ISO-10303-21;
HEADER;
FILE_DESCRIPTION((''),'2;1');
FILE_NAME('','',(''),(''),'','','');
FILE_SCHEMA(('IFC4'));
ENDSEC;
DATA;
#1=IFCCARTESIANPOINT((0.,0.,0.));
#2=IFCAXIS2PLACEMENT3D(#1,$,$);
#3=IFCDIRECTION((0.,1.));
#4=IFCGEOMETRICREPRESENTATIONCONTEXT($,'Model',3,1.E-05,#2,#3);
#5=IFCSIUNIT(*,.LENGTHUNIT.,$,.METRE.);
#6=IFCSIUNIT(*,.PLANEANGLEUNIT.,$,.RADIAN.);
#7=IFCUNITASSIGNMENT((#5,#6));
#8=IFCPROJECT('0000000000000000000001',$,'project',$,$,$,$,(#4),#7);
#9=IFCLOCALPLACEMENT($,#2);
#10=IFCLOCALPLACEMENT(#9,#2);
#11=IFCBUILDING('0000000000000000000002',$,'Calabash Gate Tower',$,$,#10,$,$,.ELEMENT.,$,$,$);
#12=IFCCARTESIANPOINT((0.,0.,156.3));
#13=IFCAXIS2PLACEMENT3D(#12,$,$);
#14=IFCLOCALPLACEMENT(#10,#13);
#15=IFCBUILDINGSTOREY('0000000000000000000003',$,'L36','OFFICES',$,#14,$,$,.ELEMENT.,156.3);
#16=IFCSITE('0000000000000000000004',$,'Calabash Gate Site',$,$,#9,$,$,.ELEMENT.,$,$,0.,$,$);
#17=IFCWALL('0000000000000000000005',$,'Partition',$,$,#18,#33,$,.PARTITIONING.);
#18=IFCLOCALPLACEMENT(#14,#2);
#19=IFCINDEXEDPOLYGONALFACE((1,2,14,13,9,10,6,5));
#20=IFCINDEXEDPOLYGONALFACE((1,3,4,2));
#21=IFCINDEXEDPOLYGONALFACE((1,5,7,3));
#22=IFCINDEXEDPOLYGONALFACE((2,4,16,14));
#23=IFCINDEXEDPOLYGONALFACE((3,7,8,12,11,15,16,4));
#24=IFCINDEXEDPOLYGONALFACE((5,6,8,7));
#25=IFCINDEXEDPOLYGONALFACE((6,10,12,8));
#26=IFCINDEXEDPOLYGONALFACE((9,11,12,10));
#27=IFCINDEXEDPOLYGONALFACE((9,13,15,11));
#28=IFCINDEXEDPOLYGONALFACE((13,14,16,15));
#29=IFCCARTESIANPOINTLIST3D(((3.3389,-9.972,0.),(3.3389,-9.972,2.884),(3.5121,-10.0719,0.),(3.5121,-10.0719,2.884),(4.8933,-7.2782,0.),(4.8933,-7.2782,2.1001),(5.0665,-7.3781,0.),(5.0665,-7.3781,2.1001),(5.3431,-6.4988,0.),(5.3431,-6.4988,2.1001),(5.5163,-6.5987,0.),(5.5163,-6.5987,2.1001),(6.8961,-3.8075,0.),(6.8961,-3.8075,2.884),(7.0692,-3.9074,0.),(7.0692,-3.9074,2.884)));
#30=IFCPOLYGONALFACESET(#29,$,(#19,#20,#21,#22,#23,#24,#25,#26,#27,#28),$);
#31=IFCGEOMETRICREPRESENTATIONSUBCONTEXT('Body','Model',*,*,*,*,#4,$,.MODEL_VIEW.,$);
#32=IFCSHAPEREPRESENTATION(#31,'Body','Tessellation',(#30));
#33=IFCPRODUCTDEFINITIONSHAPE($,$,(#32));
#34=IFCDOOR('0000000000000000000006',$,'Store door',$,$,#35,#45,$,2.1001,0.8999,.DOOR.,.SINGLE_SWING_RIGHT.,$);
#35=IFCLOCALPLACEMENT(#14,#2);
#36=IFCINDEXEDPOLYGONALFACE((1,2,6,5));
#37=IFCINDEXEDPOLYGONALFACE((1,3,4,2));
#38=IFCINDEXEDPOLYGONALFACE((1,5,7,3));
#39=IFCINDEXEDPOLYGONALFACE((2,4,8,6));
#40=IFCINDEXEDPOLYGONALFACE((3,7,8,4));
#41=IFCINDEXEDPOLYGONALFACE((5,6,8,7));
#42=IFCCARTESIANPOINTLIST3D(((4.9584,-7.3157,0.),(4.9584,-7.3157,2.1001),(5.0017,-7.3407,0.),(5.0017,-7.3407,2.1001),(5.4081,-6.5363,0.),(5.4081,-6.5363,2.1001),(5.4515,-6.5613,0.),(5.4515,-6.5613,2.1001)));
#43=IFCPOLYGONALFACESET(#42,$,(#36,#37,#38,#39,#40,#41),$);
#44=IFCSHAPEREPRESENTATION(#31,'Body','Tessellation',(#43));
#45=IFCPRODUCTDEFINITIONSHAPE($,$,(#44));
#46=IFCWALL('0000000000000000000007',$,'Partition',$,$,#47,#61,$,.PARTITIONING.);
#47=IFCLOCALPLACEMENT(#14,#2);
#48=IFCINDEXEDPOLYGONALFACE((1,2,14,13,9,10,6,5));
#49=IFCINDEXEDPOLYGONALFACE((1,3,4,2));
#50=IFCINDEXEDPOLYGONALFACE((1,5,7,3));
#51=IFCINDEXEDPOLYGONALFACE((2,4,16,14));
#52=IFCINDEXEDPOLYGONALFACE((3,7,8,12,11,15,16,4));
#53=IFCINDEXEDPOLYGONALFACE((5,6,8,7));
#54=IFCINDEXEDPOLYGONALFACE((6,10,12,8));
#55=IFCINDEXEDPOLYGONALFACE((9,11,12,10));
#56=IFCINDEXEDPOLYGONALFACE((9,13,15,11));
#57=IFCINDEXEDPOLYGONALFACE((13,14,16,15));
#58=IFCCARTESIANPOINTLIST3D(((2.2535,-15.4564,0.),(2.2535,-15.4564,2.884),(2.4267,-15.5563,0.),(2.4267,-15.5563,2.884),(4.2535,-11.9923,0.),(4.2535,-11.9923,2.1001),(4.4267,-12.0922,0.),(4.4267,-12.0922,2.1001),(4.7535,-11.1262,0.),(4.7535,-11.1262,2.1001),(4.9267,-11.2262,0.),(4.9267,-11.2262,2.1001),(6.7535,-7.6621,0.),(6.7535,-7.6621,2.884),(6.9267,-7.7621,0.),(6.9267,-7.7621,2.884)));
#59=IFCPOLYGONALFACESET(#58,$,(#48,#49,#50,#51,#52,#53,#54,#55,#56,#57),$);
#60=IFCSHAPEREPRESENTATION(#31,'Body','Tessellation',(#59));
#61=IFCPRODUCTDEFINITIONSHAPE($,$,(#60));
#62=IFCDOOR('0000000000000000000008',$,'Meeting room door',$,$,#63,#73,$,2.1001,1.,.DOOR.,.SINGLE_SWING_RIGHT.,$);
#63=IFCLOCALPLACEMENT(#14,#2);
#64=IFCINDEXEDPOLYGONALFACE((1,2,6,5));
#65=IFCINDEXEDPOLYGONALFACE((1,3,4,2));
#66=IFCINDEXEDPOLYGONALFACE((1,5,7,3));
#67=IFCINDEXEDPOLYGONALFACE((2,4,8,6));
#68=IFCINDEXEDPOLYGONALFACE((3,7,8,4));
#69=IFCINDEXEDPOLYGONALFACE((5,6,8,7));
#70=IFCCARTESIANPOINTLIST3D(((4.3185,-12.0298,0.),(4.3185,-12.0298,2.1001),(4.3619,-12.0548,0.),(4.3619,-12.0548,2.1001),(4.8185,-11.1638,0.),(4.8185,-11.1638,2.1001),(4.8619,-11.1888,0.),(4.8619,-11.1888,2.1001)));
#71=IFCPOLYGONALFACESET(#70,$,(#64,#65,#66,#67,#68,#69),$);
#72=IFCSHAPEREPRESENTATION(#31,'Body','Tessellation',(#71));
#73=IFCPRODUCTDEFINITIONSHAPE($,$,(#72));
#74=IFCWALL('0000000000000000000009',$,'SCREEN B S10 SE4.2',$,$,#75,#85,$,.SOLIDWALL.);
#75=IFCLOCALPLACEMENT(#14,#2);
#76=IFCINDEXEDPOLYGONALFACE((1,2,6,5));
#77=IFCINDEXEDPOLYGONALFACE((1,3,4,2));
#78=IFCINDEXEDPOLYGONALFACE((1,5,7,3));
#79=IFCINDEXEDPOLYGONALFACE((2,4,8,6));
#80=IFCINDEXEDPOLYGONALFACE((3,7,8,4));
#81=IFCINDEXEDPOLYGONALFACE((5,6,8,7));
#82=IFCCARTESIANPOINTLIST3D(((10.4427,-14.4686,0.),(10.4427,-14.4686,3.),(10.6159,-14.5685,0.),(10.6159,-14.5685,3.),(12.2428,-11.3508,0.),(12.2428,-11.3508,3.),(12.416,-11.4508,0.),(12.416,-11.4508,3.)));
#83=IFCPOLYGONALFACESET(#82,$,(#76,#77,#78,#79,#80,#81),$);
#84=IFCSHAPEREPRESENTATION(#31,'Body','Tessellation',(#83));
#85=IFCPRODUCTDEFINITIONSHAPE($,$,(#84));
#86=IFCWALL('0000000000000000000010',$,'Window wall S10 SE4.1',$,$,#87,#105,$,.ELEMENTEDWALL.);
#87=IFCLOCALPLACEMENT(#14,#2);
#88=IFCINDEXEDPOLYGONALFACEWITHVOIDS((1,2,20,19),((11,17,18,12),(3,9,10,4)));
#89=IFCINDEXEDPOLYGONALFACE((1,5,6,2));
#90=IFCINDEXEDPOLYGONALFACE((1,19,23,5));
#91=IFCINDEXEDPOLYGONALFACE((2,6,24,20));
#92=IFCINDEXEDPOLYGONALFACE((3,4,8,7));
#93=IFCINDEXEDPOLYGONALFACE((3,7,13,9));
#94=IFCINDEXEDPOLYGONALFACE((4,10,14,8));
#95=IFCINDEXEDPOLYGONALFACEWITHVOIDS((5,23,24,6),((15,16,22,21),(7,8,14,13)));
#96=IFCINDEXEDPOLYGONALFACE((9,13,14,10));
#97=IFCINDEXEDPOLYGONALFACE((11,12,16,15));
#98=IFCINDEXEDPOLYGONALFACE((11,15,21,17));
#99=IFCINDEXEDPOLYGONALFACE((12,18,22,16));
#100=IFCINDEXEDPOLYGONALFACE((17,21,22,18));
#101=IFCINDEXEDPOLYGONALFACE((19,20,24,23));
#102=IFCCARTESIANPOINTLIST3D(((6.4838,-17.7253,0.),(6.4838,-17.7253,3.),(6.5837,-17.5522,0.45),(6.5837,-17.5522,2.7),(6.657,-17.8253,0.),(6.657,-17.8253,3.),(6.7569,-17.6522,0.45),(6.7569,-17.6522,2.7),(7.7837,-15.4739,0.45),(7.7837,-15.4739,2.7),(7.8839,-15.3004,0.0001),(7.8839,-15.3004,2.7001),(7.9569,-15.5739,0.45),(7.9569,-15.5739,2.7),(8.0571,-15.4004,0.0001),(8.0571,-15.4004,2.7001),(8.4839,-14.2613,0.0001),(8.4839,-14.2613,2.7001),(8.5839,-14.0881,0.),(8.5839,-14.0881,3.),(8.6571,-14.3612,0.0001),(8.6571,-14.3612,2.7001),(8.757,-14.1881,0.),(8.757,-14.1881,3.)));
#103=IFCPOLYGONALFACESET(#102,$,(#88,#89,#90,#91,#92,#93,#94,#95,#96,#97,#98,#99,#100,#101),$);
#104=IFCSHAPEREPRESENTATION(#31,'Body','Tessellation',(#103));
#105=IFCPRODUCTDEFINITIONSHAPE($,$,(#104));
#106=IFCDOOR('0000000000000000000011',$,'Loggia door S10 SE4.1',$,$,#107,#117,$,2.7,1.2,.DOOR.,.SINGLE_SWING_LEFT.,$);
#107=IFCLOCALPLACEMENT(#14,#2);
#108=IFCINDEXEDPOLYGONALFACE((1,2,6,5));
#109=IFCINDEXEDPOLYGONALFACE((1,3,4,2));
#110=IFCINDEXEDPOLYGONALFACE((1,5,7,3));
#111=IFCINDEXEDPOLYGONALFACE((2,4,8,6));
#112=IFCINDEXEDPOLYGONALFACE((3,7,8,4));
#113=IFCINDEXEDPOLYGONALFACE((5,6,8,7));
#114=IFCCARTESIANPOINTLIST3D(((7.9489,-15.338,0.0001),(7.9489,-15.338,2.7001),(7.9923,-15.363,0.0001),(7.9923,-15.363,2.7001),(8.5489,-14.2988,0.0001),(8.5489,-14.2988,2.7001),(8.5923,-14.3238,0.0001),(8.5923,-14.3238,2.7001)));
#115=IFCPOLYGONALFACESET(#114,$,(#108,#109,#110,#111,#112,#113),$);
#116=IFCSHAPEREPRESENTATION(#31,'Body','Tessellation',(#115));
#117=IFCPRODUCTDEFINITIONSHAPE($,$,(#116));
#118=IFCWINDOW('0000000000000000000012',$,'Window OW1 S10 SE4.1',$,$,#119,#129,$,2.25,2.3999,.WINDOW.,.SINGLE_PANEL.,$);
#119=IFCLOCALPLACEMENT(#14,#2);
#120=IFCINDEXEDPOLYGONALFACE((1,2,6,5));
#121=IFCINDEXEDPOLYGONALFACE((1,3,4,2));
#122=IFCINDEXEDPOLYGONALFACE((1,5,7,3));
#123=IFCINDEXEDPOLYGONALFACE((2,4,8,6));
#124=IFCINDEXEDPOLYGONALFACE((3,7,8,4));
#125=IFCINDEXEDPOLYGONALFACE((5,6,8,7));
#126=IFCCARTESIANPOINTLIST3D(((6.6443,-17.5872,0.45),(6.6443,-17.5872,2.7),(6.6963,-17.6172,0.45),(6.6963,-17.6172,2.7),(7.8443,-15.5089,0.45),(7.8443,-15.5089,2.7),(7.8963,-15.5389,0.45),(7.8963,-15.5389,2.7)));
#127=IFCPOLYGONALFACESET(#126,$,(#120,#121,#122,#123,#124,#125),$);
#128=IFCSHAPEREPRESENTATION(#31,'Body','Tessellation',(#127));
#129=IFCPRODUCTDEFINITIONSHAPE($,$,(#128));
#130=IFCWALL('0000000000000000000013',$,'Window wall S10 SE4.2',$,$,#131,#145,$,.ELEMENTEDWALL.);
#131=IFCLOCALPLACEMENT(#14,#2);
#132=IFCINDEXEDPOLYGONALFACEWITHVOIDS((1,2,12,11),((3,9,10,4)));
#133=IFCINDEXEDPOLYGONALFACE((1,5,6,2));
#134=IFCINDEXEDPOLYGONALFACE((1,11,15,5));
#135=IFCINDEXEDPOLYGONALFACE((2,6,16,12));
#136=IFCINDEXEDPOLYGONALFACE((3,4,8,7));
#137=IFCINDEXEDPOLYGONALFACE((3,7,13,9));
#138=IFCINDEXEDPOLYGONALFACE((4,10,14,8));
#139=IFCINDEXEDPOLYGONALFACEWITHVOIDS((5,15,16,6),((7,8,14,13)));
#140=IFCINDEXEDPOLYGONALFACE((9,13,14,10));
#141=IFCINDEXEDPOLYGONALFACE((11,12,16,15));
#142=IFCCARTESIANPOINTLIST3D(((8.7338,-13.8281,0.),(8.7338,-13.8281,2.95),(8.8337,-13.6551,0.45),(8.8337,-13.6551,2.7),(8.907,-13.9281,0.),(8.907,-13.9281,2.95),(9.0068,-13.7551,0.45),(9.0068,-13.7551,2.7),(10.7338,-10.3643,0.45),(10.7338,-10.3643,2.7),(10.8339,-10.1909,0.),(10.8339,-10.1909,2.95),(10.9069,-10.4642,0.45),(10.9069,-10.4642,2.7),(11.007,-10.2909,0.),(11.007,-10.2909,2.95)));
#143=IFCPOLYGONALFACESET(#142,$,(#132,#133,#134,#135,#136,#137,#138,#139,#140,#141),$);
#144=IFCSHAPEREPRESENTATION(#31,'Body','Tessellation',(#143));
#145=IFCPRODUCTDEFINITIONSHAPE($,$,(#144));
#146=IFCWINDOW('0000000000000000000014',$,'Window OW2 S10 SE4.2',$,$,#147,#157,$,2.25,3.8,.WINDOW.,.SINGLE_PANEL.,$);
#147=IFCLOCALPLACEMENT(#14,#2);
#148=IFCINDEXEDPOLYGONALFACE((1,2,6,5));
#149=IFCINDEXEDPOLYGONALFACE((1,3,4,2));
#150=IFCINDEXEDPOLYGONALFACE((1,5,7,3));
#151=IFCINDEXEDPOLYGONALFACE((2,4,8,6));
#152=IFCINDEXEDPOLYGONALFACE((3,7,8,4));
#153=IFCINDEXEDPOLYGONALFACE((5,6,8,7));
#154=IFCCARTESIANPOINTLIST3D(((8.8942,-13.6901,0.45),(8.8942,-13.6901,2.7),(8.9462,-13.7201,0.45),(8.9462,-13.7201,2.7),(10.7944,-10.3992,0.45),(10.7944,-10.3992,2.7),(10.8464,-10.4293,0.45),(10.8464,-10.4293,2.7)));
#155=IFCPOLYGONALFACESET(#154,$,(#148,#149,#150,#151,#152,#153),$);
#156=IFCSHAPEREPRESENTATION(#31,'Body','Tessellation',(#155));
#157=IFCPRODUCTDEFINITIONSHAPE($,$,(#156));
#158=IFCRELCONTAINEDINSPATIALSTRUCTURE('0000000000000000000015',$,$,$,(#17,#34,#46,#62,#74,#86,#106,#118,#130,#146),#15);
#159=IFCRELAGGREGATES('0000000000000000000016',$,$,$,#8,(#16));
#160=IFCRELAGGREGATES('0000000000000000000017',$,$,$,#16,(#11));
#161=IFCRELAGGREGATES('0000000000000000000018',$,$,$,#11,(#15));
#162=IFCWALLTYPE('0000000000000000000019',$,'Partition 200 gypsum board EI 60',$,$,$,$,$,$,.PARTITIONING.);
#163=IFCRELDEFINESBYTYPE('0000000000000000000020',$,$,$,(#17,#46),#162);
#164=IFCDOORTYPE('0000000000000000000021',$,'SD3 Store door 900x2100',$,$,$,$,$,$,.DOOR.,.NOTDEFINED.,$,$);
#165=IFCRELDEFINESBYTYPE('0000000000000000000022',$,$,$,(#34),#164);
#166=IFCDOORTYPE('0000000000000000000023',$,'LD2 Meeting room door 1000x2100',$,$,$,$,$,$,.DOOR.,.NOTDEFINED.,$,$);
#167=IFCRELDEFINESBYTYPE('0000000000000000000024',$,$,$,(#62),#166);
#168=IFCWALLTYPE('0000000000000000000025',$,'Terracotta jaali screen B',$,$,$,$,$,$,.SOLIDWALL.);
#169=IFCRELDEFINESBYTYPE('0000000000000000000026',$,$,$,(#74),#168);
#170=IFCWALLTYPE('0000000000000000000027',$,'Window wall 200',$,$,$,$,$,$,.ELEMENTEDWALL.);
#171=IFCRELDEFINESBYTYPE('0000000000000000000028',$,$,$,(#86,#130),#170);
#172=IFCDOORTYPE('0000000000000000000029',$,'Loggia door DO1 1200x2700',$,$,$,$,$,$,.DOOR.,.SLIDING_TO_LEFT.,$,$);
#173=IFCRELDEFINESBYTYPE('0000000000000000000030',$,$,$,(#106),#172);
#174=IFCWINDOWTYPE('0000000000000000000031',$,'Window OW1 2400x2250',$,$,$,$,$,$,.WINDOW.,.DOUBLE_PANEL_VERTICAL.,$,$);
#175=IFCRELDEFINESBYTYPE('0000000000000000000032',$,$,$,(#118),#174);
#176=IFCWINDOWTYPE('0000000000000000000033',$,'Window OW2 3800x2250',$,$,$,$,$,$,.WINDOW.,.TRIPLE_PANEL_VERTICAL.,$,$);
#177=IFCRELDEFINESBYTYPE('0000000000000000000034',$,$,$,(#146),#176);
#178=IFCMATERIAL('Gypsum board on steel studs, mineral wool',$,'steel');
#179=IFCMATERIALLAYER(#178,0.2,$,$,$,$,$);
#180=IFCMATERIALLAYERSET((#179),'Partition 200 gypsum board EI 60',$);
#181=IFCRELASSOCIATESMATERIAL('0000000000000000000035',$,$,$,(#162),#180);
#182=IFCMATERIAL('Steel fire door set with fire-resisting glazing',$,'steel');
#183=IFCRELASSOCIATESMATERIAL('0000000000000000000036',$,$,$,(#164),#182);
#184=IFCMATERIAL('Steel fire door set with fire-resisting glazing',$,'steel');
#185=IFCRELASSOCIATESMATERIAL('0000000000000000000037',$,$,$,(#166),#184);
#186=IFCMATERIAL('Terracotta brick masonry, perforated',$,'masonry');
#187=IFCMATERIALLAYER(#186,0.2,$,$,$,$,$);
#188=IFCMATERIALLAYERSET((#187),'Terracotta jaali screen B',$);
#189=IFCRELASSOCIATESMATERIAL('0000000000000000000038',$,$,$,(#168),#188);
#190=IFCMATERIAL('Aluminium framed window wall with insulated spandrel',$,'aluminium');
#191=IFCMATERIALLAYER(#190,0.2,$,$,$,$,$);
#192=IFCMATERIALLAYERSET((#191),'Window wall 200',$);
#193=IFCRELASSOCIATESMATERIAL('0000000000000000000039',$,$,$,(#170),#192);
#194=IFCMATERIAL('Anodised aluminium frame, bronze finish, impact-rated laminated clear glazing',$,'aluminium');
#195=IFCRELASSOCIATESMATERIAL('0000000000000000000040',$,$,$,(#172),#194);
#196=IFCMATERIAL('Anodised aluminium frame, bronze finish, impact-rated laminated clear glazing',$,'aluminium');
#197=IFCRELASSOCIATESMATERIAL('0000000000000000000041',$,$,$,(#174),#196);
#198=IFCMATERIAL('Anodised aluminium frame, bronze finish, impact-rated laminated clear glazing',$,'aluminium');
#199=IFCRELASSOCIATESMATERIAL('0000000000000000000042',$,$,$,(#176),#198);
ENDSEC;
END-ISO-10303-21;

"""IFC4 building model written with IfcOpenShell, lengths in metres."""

from ifc_helpers import new_model, si_unit, direction, frame, frame_2d, origin, place, context, subcontext, project, spatial, rectangle, extrude, material, layer, layer_set, type_object, element, fill, save


model = new_model("IFC4")

# Units and contexts
model_context = context("Model", 3, precision=1e-05, world=origin(), true_north=direction((0.0, 1.0)))
body_context = subcontext(model_context, "Body", "Model", "MODEL_VIEW")
ifc_project = project(units=[si_unit("LENGTHUNIT", "METRE"), si_unit("PLANEANGLEUNIT", "RADIAN")], contexts=[model_context])

# Site, building, storey
site_placement = place(None, origin())
site = spatial("IfcSite", under=ifc_project, at=site_placement, Name="Calabash Gate Site", CompositionType="ELEMENT", RefElevation=0.0)
building_placement = place(site_placement, origin())
building = spatial("IfcBuilding", under=site, at=building_placement, Name="Calabash Gate Tower", CompositionType="ELEMENT")
storey_placement = place(building_placement, frame((0.0, 0.0, 156.3)))
storey = spatial("IfcBuildingStorey", under=building, at=storey_placement, Name="L36", Description="OFFICES", CompositionType="ELEMENT", Elevation=156.3)

# Shared definitions
ifc_material_1 = material(Name="Gypsum board on steel studs, mineral wool", Category="steel")
ifc_layer_1 = layer(ifc_material_1, 0.2)
ifc_layer_set_1 = layer_set([ifc_layer_1], Name="Partition 200 gypsum board EI 60")
wall_type_1 = type_object("IfcWallType", Name="Partition 200 gypsum board EI 60", PredefinedType="PARTITIONING", material=ifc_layer_set_1)

# Shared definitions
ifc_material_2 = material(Name="Steel fire door set with fire-resisting glazing", Category="steel")
door_type_1 = type_object("IfcDoorType", Name="SD3 Store door 900x2100", OperationType="NOTDEFINED", PredefinedType="DOOR", material=ifc_material_2)

# Walls, openings, doors
wall_1_placement = place(storey_placement, frame((3.4255, -10.022, 0.0), z_axis=(0.0, 0.0, 1.0), x_axis=(0.499792, 0.866146, 0.0)))
wall_1 = element("IfcWall", 1, at=wall_1_placement, inside=storey, type_object=wall_type_1, Name="Partition", PredefinedType="PARTITIONING", context=body_context, shape_type="SweptSolid", body=[
    extrude(rectangle(XDim=7.1172, YDim=0.2, at=frame_2d((3.5586, 0.0))), origin(), (0.0, 0.0, 1.0), 2.884),
])
opening_1_placement = place(wall_1_placement, frame((3.1101, 0.0, 0.0)))
opening_1 = element("IfcOpeningElement", 2, at=opening_1_placement, cuts=wall_1, PredefinedType="OPENING", context=body_context, shape_type="SweptSolid", body=[
    extrude(rectangle(XDim=0.8999, YDim=2.1001, at=frame_2d((0.45, 1.05))), frame((0.0, 0.1099, 0.0), z_axis=(0.0, -1.0, 0.0), x_axis=(1.0, 0.0, 0.0)), (0.0, 0.0, 1.0), 0.22),
])
door_1_placement = place(opening_1_placement, origin())
door_1 = element("IfcDoor", 3, at=door_1_placement, inside=storey, type_object=door_type_1, Name="Store door", OperationType="SINGLE_SWING_RIGHT", OverallHeight=2.1001, OverallWidth=0.8999, PredefinedType="DOOR", context=body_context, shape_type="SweptSolid", body=[
    extrude(rectangle(XDim=0.8999, YDim=2.1001, at=frame_2d((0.45, 1.05))), frame((0.0, 0.0249, 0.0), z_axis=(0.0, -1.0, 0.0), x_axis=(1.0, 0.0, 0.0)), (0.0, 0.0, 1.0), 0.05),
])
fill(opening_1, door_1)
wall_2_placement = place(storey_placement, frame((2.3401, -15.5063, 0.0), z_axis=(0.0, 0.0, 1.0), x_axis=(0.500002, 0.866024, 0.0)))
wall_2 = element("IfcWall", 4, at=wall_2_placement, inside=storey, type_object=wall_type_1, Name="Partition", PredefinedType="PARTITIONING", context=body_context, shape_type="SweptSolid", body=[
    extrude(rectangle(XDim=9.0, YDim=0.2, at=frame_2d((4.5, 0.0))), origin(), (0.0, 0.0, 1.0), 2.884),
])
opening_2_placement = place(wall_2_placement, frame((4.0, 0.0, 0.0)))
opening_2 = element("IfcOpeningElement", 5, at=opening_2_placement, cuts=wall_2, PredefinedType="OPENING", context=body_context, shape_type="SweptSolid", body=[
    extrude(rectangle(XDim=1.0, YDim=2.1001, at=frame_2d((0.5, 1.05))), frame((0.0, 0.1099, 0.0), z_axis=(0.0, -1.0, 0.0), x_axis=(1.0, 0.0, 0.0)), (0.0, 0.0, 1.0), 0.22),
])
ifc_material_3 = material(Name="Steel fire door set with fire-resisting glazing", Category="steel")
door_type_2 = type_object("IfcDoorType", Name="LD2 Meeting room door 1000x2100", OperationType="NOTDEFINED", PredefinedType="DOOR", material=ifc_material_3)
door_2_placement = place(opening_2_placement, origin())
door_2 = element("IfcDoor", 6, at=door_2_placement, inside=storey, type_object=door_type_2, Name="Meeting room door", OperationType="SINGLE_SWING_RIGHT", OverallHeight=2.1001, OverallWidth=1.0, PredefinedType="DOOR", context=body_context, shape_type="SweptSolid", body=[
    extrude(rectangle(XDim=1.0, YDim=2.1001, at=frame_2d((0.5, 1.05))), frame((0.0, 0.0249, 0.0), z_axis=(0.0, -1.0, 0.0), x_axis=(1.0, 0.0, 0.0)), (0.0, 0.0, 1.0), 0.05),
])
fill(opening_2, door_2)

# Wall
ifc_material_4 = material(Name="Terracotta brick masonry, perforated", Category="masonry")
ifc_layer_2 = layer(ifc_material_4, 0.2)
ifc_layer_set_2 = layer_set([ifc_layer_2], Name="Terracotta jaali screen B")
wall_type_2 = type_object("IfcWallType", Name="Terracotta jaali screen B", PredefinedType="SOLIDWALL", material=ifc_layer_set_2)
wall_3_placement = place(storey_placement, frame((10.5293, -14.5186, 0.0), z_axis=(0.0, 0.0, 1.0), x_axis=(0.500012, 0.866018, 0.0)))
element("IfcWall", 7, at=wall_3_placement, inside=storey, type_object=wall_type_2, Name="SCREEN B S10 SE4.2", PredefinedType="SOLIDWALL", context=body_context, shape_type="SweptSolid", body=[
    extrude(rectangle(XDim=3.6001, YDim=0.2, at=frame_2d((1.8, 0.0))), origin(), (0.0, 0.0, 1.0), 3.0),
])

# Wall, openings, door, window
ifc_material_5 = material(Name="Aluminium framed window wall with insulated spandrel", Category="aluminium")
ifc_layer_3 = layer(ifc_material_5, 0.2)
ifc_layer_set_3 = layer_set([ifc_layer_3], Name="Window wall 200")
wall_type_3 = type_object("IfcWallType", Name="Window wall 200", PredefinedType="ELEMENTEDWALL", material=ifc_layer_set_3)
wall_4_placement = place(storey_placement, frame((6.5703, -17.7754, 0.0), z_axis=(0.0, 0.0, 1.0), x_axis=(0.500028, 0.866009, 0.0)))
wall_4 = element("IfcWall", 8, at=wall_4_placement, inside=storey, type_object=wall_type_3, Name="Window wall S10 SE4.1", PredefinedType="ELEMENTEDWALL", context=body_context, shape_type="SweptSolid", body=[
    extrude(rectangle(XDim=4.2, YDim=0.2, at=frame_2d((2.1001, 0.0))), origin(), (0.0, 0.0, 1.0), 3.0),
])
opening_3_placement = place(wall_4_placement, frame((0.2, 0.0, 0.45)))
opening_3 = element("IfcOpeningElement", 9, at=opening_3_placement, cuts=wall_4, PredefinedType="OPENING", context=body_context, shape_type="SweptSolid", body=[
    extrude(rectangle(XDim=2.3999, YDim=2.25, at=frame_2d((1.2, 1.125))), frame((0.0, 0.1099, 0.0), z_axis=(0.0, -1.0, 0.0), x_axis=(1.0, 0.0, 0.0)), (0.0, 0.0, 1.0), 0.22),
])
opening_4_placement = place(wall_4_placement, frame((2.8, 0.0, 0.0)))
opening_4 = element("IfcOpeningElement", 10, at=opening_4_placement, cuts=wall_4, PredefinedType="OPENING", context=body_context, shape_type="SweptSolid", body=[
    extrude(rectangle(XDim=1.2, YDim=2.7, at=frame_2d((0.6001, 1.3501))), frame((0.0, 0.1099, 0.0), z_axis=(0.0, -1.0, 0.0), x_axis=(1.0, 0.0, 0.0)), (0.0, 0.0, 1.0), 0.22),
])
ifc_material_6 = material(Name="Anodised aluminium frame, bronze finish, impact-rated laminated clear glazing", Category="aluminium")
door_type_3 = type_object("IfcDoorType", Name="Loggia door DO1 1200x2700", OperationType="SLIDING_TO_LEFT", PredefinedType="DOOR", material=ifc_material_6)
door_3_placement = place(opening_4_placement, origin())
door_3 = element("IfcDoor", 11, at=door_3_placement, inside=storey, type_object=door_type_3, Name="Loggia door S10 SE4.1", OperationType="SINGLE_SWING_LEFT", OverallHeight=2.7, OverallWidth=1.2, PredefinedType="DOOR", context=body_context, shape_type="SweptSolid", body=[
    extrude(rectangle(XDim=1.2, YDim=2.7, at=frame_2d((0.6001, 1.3501))), frame((0.0, 0.0249, 0.0), z_axis=(0.0, -1.0, 0.0), x_axis=(1.0, 0.0, 0.0)), (0.0, 0.0, 1.0), 0.05),
])
fill(opening_4, door_3)
ifc_material_7 = material(Name="Anodised aluminium frame, bronze finish, impact-rated laminated clear glazing", Category="aluminium")
window_type_1 = type_object("IfcWindowType", Name="Window OW1 2400x2250", PartitioningType="DOUBLE_PANEL_VERTICAL", PredefinedType="WINDOW", material=ifc_material_7)
window_1_placement = place(opening_3_placement, origin())
window_1 = element("IfcWindow", 12, at=window_1_placement, inside=storey, type_object=window_type_1, Name="Window OW1 S10 SE4.1", OverallHeight=2.25, OverallWidth=2.3999, PartitioningType="SINGLE_PANEL", PredefinedType="WINDOW", context=body_context, shape_type="SweptSolid", body=[
    extrude(rectangle(XDim=2.3999, YDim=2.25, at=frame_2d((1.2, 1.125))), frame((0.0, 0.03, 0.0), z_axis=(0.0, -1.0, 0.0), x_axis=(1.0, 0.0, 0.0)), (0.0, 0.0, 1.0), 0.0601),
])
fill(opening_3, window_1)

# Wall, opening, window
wall_5_placement = place(storey_placement, frame((8.8203, -13.8782, 0.0), z_axis=(0.0, 0.0, 1.0), x_axis=(0.500028, 0.866009, 0.0)))
wall_5 = element("IfcWall", 13, at=wall_5_placement, inside=storey, type_object=wall_type_3, Name="Window wall S10 SE4.2", PredefinedType="ELEMENTEDWALL", context=body_context, shape_type="SweptSolid", body=[
    extrude(rectangle(XDim=4.2, YDim=0.2, at=frame_2d((2.1001, 0.0))), origin(), (0.0, 0.0, 1.0), 2.95),
])
opening_5_placement = place(wall_5_placement, frame((0.2, 0.0, 0.45)))
opening_5 = element("IfcOpeningElement", 14, at=opening_5_placement, cuts=wall_5, PredefinedType="OPENING", context=body_context, shape_type="SweptSolid", body=[
    extrude(rectangle(XDim=3.8, YDim=2.25, at=frame_2d((1.8999, 1.125))), frame((0.0, 0.1099, 0.0), z_axis=(0.0, -1.0, 0.0), x_axis=(1.0, 0.0, 0.0)), (0.0, 0.0, 1.0), 0.22),
])
ifc_material_8 = material(Name="Anodised aluminium frame, bronze finish, impact-rated laminated clear glazing", Category="aluminium")
window_type_2 = type_object("IfcWindowType", Name="Window OW2 3800x2250", PartitioningType="TRIPLE_PANEL_VERTICAL", PredefinedType="WINDOW", material=ifc_material_8)
window_2_placement = place(opening_5_placement, origin())
window_2 = element("IfcWindow", 15, at=window_2_placement, inside=storey, type_object=window_type_2, Name="Window OW2 S10 SE4.2", OverallHeight=2.25, OverallWidth=3.8, PartitioningType="SINGLE_PANEL", PredefinedType="WINDOW", context=body_context, shape_type="SweptSolid", body=[
    extrude(rectangle(XDim=3.8, YDim=2.25, at=frame_2d((1.8999, 1.125))), frame((0.0, 0.03, 0.0), z_axis=(0.0, -1.0, 0.0), x_axis=(1.0, 0.0, 0.0)), (0.0, 0.0, 1.0), 0.0601),
])
fill(opening_5, window_2)

save(model, "model.ifc")
